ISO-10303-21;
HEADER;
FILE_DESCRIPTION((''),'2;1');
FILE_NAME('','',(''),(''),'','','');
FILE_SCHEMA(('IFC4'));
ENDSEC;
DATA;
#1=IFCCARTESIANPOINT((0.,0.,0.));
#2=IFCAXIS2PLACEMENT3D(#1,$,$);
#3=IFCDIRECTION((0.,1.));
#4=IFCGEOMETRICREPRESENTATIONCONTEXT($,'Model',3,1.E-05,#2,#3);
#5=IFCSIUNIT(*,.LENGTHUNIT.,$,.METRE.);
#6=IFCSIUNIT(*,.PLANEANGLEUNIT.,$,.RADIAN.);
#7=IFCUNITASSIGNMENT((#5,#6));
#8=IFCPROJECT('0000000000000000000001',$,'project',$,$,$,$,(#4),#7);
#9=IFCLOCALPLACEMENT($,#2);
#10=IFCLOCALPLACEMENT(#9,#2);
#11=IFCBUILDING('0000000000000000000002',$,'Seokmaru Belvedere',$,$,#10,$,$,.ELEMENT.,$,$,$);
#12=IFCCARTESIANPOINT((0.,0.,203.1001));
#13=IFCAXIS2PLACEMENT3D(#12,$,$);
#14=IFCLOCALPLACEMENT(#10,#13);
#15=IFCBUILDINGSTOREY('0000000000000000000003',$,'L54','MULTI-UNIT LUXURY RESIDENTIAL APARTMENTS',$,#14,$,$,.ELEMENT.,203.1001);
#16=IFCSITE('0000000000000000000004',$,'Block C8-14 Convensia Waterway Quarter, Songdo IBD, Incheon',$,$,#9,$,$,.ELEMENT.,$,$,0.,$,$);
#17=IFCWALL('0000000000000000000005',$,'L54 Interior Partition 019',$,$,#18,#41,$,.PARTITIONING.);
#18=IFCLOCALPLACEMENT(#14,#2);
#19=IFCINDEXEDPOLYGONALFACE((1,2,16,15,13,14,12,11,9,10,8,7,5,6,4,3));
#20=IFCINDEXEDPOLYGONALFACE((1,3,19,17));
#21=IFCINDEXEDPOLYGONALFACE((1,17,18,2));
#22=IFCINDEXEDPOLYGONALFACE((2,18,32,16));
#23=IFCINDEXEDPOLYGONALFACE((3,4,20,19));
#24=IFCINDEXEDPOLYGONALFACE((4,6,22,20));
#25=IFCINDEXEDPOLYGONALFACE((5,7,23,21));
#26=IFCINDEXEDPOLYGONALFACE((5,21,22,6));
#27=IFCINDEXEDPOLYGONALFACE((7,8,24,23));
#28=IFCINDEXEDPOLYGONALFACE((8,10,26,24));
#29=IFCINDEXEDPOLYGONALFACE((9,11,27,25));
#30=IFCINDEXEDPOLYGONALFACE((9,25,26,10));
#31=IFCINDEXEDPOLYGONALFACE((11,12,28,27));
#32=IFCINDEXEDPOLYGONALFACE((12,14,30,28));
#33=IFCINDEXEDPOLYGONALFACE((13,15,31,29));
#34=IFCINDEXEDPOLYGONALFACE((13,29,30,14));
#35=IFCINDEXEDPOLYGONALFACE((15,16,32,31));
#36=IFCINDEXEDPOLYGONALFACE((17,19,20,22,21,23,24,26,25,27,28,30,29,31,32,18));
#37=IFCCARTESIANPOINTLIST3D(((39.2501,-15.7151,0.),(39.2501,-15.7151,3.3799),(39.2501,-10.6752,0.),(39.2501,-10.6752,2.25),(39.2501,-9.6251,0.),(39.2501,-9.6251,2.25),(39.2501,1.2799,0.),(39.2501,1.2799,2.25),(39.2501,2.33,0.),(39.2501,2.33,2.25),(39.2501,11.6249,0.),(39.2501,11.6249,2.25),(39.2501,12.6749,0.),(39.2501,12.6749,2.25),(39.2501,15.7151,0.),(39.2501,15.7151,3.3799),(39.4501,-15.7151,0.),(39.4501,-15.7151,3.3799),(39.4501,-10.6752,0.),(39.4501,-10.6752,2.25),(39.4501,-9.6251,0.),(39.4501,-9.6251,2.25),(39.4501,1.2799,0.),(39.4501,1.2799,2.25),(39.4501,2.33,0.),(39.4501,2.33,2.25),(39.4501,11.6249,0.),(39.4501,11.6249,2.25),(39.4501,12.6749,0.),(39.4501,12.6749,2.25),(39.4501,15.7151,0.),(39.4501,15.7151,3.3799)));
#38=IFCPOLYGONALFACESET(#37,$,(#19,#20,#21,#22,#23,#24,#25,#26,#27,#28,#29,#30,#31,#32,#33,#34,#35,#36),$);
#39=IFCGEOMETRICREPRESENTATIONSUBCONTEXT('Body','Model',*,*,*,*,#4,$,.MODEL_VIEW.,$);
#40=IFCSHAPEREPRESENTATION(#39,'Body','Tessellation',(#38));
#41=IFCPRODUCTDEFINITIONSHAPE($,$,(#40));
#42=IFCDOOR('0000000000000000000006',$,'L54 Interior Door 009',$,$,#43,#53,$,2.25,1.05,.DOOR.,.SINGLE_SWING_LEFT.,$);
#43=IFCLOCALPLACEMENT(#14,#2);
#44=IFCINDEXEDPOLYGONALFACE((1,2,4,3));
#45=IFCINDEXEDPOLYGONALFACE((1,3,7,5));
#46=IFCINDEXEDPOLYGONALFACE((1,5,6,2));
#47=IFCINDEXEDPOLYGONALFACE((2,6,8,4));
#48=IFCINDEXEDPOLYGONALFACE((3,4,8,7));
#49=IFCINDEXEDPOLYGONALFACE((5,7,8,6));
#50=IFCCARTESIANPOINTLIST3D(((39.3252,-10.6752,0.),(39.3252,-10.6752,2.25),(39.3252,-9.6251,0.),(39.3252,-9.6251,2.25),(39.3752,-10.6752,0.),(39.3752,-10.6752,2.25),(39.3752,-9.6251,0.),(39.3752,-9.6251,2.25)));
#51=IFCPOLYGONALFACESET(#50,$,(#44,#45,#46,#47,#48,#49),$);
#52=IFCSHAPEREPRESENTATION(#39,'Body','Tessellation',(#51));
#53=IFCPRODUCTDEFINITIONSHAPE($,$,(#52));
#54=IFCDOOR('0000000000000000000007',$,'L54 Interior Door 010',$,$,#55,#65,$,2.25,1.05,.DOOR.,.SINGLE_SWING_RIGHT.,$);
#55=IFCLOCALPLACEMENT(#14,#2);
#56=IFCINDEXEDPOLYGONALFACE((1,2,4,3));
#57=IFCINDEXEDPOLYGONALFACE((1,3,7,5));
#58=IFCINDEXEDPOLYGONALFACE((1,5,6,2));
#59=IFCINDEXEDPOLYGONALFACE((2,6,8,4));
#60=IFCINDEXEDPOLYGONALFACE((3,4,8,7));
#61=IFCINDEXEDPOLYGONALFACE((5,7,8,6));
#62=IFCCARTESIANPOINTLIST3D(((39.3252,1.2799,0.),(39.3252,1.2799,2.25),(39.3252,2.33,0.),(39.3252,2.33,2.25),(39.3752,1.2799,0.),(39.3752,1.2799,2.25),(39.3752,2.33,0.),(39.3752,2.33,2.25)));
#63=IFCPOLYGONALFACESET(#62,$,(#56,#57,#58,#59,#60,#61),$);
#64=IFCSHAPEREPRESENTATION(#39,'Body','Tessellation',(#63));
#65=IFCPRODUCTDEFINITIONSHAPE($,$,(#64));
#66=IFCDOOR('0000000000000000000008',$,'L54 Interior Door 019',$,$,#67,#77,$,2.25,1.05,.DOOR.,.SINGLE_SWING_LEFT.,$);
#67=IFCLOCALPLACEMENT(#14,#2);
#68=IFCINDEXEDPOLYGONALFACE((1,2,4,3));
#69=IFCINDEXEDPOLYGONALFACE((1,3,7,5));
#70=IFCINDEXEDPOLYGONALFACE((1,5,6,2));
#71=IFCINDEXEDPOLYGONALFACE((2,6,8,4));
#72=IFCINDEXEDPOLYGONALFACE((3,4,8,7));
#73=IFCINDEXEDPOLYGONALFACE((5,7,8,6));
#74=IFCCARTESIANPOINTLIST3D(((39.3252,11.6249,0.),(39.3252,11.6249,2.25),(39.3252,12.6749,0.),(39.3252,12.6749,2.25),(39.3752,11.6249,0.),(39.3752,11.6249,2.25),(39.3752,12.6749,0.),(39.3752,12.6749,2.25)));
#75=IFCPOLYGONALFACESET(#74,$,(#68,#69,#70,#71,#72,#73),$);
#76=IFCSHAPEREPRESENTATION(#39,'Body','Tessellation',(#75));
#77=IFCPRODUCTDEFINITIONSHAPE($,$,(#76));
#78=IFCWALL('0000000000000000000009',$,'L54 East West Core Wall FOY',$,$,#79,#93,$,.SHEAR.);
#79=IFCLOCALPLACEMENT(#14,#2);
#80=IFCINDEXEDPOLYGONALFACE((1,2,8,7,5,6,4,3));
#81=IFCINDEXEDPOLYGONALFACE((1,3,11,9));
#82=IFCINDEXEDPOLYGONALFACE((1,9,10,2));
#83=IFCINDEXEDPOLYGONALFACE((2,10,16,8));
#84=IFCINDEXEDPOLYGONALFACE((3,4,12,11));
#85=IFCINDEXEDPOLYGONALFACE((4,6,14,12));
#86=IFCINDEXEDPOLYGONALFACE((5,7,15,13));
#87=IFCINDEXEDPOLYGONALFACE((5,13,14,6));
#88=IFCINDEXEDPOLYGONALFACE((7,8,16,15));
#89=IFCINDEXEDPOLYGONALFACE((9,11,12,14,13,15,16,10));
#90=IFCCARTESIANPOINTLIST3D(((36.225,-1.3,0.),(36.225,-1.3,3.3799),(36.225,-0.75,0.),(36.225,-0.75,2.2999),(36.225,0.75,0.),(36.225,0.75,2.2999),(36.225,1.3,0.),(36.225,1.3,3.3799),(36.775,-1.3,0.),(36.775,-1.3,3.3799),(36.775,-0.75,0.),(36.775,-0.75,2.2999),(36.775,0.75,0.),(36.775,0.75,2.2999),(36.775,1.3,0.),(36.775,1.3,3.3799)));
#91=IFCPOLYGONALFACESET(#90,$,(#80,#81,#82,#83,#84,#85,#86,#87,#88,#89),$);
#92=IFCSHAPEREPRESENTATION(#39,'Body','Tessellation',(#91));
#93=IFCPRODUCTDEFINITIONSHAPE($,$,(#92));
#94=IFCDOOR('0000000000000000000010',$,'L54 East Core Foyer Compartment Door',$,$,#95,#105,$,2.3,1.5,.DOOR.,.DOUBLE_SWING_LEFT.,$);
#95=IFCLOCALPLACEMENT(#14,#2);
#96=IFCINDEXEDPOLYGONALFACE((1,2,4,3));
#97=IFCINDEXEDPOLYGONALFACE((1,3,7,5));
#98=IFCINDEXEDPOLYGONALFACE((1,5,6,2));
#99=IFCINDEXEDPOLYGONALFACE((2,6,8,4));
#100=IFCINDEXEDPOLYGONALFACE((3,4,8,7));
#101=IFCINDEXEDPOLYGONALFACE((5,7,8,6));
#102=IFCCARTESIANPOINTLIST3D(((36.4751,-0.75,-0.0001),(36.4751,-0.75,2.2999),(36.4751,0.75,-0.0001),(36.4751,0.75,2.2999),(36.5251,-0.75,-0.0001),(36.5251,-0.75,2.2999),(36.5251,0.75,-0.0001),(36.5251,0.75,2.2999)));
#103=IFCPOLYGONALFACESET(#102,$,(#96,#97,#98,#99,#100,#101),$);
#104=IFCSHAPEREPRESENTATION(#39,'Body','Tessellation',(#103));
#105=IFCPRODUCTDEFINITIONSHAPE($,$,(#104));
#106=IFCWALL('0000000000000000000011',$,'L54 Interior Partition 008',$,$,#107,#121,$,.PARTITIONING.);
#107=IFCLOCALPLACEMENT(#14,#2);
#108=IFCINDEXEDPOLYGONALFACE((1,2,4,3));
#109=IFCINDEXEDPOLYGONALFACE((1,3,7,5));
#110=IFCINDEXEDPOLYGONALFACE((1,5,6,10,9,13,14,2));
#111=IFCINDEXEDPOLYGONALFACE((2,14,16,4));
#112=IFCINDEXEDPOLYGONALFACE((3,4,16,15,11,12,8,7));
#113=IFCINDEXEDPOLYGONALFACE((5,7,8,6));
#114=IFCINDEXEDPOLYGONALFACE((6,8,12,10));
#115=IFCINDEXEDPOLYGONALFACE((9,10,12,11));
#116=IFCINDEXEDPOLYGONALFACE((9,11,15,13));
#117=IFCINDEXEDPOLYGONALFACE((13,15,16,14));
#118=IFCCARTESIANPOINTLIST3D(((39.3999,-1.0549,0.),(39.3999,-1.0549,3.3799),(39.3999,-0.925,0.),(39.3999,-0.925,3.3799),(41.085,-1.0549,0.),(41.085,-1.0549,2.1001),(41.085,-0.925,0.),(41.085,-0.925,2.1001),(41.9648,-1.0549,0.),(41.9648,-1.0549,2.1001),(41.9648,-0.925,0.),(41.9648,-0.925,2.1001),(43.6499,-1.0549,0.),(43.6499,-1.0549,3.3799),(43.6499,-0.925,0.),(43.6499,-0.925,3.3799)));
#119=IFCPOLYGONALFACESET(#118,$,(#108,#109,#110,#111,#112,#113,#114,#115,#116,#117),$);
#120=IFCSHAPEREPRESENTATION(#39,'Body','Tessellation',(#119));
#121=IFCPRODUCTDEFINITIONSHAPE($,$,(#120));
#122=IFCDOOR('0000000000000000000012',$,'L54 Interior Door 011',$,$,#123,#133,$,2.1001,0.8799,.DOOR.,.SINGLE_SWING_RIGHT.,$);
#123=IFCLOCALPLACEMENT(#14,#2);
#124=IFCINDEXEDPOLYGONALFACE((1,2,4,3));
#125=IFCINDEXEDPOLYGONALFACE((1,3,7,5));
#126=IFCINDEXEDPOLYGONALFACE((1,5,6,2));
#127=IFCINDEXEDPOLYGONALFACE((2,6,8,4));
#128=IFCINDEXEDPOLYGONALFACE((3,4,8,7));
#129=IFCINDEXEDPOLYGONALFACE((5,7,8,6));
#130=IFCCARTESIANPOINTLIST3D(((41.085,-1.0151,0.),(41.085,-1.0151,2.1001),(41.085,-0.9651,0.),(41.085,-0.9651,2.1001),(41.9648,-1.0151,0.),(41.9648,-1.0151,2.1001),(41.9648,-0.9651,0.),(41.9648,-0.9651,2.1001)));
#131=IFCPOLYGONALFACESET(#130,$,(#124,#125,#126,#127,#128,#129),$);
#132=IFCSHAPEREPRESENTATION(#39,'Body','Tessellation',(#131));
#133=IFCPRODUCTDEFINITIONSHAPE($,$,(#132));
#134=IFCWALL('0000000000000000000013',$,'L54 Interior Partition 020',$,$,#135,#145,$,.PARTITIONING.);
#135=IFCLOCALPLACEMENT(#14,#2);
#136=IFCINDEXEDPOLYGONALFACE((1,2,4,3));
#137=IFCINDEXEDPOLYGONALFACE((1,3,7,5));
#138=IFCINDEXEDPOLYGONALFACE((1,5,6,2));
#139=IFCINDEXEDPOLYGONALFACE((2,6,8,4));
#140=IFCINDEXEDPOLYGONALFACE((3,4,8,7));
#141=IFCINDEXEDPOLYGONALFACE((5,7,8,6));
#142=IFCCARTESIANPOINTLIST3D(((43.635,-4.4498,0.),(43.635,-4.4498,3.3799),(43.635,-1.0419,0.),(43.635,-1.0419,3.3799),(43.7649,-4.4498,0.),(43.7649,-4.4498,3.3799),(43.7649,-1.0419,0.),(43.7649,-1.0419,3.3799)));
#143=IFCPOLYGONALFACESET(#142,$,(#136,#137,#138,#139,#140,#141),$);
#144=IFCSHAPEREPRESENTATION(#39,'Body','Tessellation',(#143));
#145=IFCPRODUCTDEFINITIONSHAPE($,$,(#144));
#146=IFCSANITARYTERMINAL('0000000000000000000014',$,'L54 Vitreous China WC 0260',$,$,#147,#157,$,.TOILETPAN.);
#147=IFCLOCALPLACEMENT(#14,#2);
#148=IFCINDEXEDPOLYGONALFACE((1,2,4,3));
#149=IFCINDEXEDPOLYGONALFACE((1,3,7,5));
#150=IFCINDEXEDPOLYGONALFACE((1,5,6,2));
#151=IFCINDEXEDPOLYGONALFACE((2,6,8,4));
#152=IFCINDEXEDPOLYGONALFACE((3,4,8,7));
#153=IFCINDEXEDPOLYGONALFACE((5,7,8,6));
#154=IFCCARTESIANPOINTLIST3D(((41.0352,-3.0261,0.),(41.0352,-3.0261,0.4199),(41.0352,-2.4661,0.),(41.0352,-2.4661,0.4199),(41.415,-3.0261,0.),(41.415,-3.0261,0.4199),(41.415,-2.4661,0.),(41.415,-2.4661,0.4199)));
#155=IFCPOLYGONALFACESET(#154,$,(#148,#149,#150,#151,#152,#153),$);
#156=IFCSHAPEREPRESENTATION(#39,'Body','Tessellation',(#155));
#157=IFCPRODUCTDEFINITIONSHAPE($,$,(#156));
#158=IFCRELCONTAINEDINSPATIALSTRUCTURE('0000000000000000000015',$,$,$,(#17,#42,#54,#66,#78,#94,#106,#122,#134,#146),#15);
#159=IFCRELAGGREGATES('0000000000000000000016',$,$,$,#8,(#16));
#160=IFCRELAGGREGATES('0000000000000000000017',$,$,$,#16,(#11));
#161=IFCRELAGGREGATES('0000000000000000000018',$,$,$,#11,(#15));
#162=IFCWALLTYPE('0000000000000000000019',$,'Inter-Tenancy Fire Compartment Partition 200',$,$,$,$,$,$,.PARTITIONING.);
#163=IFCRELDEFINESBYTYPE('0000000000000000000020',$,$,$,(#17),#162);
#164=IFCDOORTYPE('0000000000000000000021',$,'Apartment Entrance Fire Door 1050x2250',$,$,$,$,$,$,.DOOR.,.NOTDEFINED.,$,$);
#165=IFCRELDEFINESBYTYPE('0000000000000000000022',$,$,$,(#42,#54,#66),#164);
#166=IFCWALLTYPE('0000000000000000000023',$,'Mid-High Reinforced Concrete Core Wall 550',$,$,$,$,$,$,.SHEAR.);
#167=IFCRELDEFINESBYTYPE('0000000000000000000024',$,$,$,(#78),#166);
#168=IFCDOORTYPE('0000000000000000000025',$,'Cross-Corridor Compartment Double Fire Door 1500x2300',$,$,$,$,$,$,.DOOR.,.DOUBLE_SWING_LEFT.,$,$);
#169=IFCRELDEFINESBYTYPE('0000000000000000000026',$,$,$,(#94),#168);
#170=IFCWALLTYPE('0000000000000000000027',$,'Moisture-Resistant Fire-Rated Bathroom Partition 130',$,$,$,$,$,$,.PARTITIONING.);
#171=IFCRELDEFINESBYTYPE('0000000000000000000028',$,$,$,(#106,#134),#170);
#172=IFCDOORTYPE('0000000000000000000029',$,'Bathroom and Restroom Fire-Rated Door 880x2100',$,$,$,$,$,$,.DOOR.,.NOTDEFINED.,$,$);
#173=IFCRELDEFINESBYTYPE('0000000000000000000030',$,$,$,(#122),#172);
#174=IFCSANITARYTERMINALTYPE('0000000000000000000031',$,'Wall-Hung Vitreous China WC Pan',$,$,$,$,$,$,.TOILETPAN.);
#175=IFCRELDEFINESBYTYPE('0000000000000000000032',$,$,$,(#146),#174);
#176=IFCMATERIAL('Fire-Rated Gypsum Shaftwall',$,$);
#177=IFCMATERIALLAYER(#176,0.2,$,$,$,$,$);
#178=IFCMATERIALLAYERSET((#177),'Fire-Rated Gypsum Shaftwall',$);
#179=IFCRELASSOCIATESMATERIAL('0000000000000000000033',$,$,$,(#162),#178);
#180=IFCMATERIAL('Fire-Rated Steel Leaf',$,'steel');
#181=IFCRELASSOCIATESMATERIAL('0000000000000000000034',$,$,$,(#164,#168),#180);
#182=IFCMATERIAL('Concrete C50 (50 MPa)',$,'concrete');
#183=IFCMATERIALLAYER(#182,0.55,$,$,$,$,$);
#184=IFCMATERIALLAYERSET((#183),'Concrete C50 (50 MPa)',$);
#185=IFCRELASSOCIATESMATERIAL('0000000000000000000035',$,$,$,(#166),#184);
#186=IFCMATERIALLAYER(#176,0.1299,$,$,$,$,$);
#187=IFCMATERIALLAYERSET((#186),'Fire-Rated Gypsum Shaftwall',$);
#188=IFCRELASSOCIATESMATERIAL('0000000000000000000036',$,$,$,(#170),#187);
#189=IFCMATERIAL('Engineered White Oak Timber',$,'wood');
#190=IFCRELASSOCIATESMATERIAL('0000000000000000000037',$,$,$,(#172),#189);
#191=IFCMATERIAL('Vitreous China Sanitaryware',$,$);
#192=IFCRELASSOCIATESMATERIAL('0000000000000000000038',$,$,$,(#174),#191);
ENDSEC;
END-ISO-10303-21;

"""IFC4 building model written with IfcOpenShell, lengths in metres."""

from ifc_helpers import new_model, si_unit, direction, frame, frame_2d, origin, origin_2d, place, context, subcontext, project, spatial, rectangle, extrude, source, transform, mapped, material, layer, layer_set, type_object, type_shapes, element, fill, save


model = new_model("IFC4")

# Units and contexts
model_context = context("Model", 3, precision=1e-05, world=origin(), true_north=direction((0.0, 1.0)))
body_context = subcontext(model_context, "Body", "Model", "MODEL_VIEW")
ifc_project = project(units=[si_unit("LENGTHUNIT", "METRE"), si_unit("PLANEANGLEUNIT", "RADIAN")], contexts=[model_context])

# Site, building, storey
site_placement = place(None, origin())
site = spatial("IfcSite", under=ifc_project, at=site_placement, Name="Block C8-14 Convensia Waterway Quarter, Songdo IBD, Incheon", CompositionType="ELEMENT", RefElevation=0.0)
building_placement = place(site_placement, origin())
building = spatial("IfcBuilding", under=site, at=building_placement, Name="Seokmaru Belvedere", CompositionType="ELEMENT")
storey_placement = place(building_placement, frame((0.0, 0.0, 203.1001)))
storey = spatial("IfcBuildingStorey", under=building, at=storey_placement, Name="L54", Description="MULTI-UNIT LUXURY RESIDENTIAL APARTMENTS", CompositionType="ELEMENT", Elevation=203.1001)

# Shared definitions
ifc_material_1 = material(Name="Fire-Rated Gypsum Shaftwall")
ifc_layer_1 = layer(ifc_material_1, 0.2)
ifc_layer_set_1 = layer_set([ifc_layer_1], Name="Fire-Rated Gypsum Shaftwall")
wall_type_1 = type_object("IfcWallType", Name="Inter-Tenancy Fire Compartment Partition 200", PredefinedType="PARTITIONING", material=ifc_layer_set_1)

# Wall, openings, doors
wall_1_placement = place(storey_placement, frame((39.3501, -15.7151, 0.0), z_axis=(0.0, 0.0, 1.0), x_axis=(0.0, 1.0, 0.0)))
wall_1 = element("IfcWall", 1, at=wall_1_placement, inside=storey, type_object=wall_type_1, Name="L54 Interior Partition 019", PredefinedType="PARTITIONING", context=body_context, shape_type="SweptSolid", body=[
    extrude(rectangle(XDim=31.4302, YDim=0.2, at=frame_2d((15.7151, 0.0))), origin(), (0.0, 0.0, 1.0), 3.3799),
])
opening_1_placement = place(wall_1_placement, frame((5.04, 0.0, 0.0)))
opening_1 = element("IfcOpeningElement", 2, at=opening_1_placement, cuts=wall_1, PredefinedType="OPENING", context=body_context, shape_type="SweptSolid", body=[
    extrude(rectangle(XDim=1.05, YDim=2.25, at=frame_2d((0.5249, 1.125))), frame((0.0, 0.1099, 0.0), z_axis=(0.0, -1.0, 0.0), x_axis=(1.0, 0.0, 0.0)), (0.0, 0.0, 1.0), 0.22),
])
opening_2_placement = place(wall_1_placement, frame((16.9951, 0.0, 0.0)))
opening_2 = element("IfcOpeningElement", 3, at=opening_2_placement, cuts=wall_1, PredefinedType="OPENING", context=body_context, shape_type="SweptSolid", body=[
    extrude(rectangle(XDim=1.05, YDim=2.25, at=frame_2d((0.5249, 1.125))), frame((0.0, 0.1099, 0.0), z_axis=(0.0, -1.0, 0.0), x_axis=(1.0, 0.0, 0.0)), (0.0, 0.0, 1.0), 0.22),
])
opening_3_placement = place(wall_1_placement, frame((27.3401, 0.0, 0.0)))
opening_3 = element("IfcOpeningElement", 4, at=opening_3_placement, cuts=wall_1, PredefinedType="OPENING", context=body_context, shape_type="SweptSolid", body=[
    extrude(rectangle(XDim=1.05, YDim=2.25, at=frame_2d((0.5249, 1.125))), frame((0.0, 0.1099, 0.0), z_axis=(0.0, -1.0, 0.0), x_axis=(1.0, 0.0, 0.0)), (0.0, 0.0, 1.0), 0.22),
])
ifc_material_2 = material(Name="Fire-Rated Steel Leaf", Category="steel")
door_type_1 = type_object("IfcDoorType", Name="Apartment Entrance Fire Door 1050x2250", OperationType="NOTDEFINED", PredefinedType="DOOR", material=ifc_material_2)
shared_shape_1 = source(origin(), body_context, "Body", "SweptSolid", [
    extrude(rectangle(XDim=1.05, YDim=2.25, at=frame_2d((0.5249, 1.125))), frame((0.0, 0.0249, 0.0), z_axis=(0.0, -1.0, 0.0), x_axis=(1.0, 0.0, 0.0)), (0.0, 0.0, 1.0), 0.05),
])
type_shapes(door_type_1, [shared_shape_1])
door_1_placement = place(opening_1_placement, origin())
door_1 = element("IfcDoor", 5, at=door_1_placement, inside=storey, type_object=door_type_1, Name="L54 Interior Door 009", OperationType="SINGLE_SWING_LEFT", OverallHeight=2.25, OverallWidth=1.05, PredefinedType="DOOR", context=body_context, shape_type="MappedRepresentation", body=[
    mapped(shared_shape_1, transform((0.0, 0.0, 0.0), scale=1.0)),
])
fill(opening_1, door_1)
door_2_placement = place(opening_2_placement, origin())
door_2 = element("IfcDoor", 6, at=door_2_placement, inside=storey, type_object=door_type_1, Name="L54 Interior Door 010", OperationType="SINGLE_SWING_RIGHT", OverallHeight=2.25, OverallWidth=1.05, PredefinedType="DOOR", context=body_context, shape_type="MappedRepresentation", body=[
    mapped(shared_shape_1, transform((0.0, 0.0, 0.0), scale=1.0)),
])
fill(opening_2, door_2)
door_3_placement = place(opening_3_placement, origin())
door_3 = element("IfcDoor", 7, at=door_3_placement, inside=storey, type_object=door_type_1, Name="L54 Interior Door 019", OperationType="SINGLE_SWING_LEFT", OverallHeight=2.25, OverallWidth=1.05, PredefinedType="DOOR", context=body_context, shape_type="MappedRepresentation", body=[
    mapped(shared_shape_1, transform((0.0, 0.0, 0.0), scale=1.0)),
])
fill(opening_3, door_3)

# Walls, openings, doors
ifc_material_3 = material(Name="Concrete C50 (50 MPa)", Category="concrete")
ifc_layer_2 = layer(ifc_material_3, 0.55)
ifc_layer_set_2 = layer_set([ifc_layer_2], Name="Concrete C50 (50 MPa)")
wall_type_2 = type_object("IfcWallType", Name="Mid-High Reinforced Concrete Core Wall 550", PredefinedType="SHEAR", material=ifc_layer_set_2)
wall_2_placement = place(storey_placement, frame((36.5, -1.3, 0.0), z_axis=(0.0, 0.0, 1.0), x_axis=(0.0, 1.0, 0.0)))
wall_2 = element("IfcWall", 8, at=wall_2_placement, inside=storey, type_object=wall_type_2, Name="L54 East West Core Wall FOY", PredefinedType="SHEAR", context=body_context, shape_type="SweptSolid", body=[
    extrude(rectangle(XDim=2.6001, YDim=0.55, at=frame_2d((1.3, 0.0))), origin(), (0.0, 0.0, 1.0), 3.3799),
])
opening_4_placement = place(wall_2_placement, frame((0.55, 0.0, 0.0)))
opening_4 = element("IfcOpeningElement", 9, at=opening_4_placement, cuts=wall_2, PredefinedType="OPENING", context=body_context, shape_type="SweptSolid", body=[
    extrude(rectangle(XDim=1.5, YDim=2.3, at=frame_2d((0.75, 1.1499))), frame((0.0, 0.2852, 0.0), z_axis=(0.0, -1.0, 0.0), x_axis=(1.0, 0.0, 0.0)), (0.0, 0.0, 1.0), 0.5701),
])
door_type_2 = type_object("IfcDoorType", Name="Cross-Corridor Compartment Double Fire Door 1500x2300", OperationType="DOUBLE_SWING_LEFT", PredefinedType="DOOR", material=ifc_material_2)
shared_shape_2 = source(origin(), body_context, "Body", "SweptSolid", [
    extrude(rectangle(XDim=1.5, YDim=2.3, at=frame_2d((0.75, 1.1499))), frame((0.0, 0.0249, 0.0), z_axis=(0.0, -1.0, 0.0), x_axis=(1.0, 0.0, 0.0)), (0.0, 0.0, 1.0), 0.05),
])
type_shapes(door_type_2, [shared_shape_2])
door_4_placement = place(opening_4_placement, origin())
door_4 = element("IfcDoor", 10, at=door_4_placement, inside=storey, type_object=door_type_2, Name="L54 East Core Foyer Compartment Door", OperationType="DOUBLE_SWING_LEFT", OverallHeight=2.3, OverallWidth=1.5, PredefinedType="DOOR", context=body_context, shape_type="MappedRepresentation", body=[
    mapped(shared_shape_2, transform((0.0, 0.0, 0.0), scale=1.0)),
])
fill(opening_4, door_4)
ifc_layer_3 = layer(ifc_material_1, 0.1299)
ifc_layer_set_3 = layer_set([ifc_layer_3], Name="Fire-Rated Gypsum Shaftwall")
wall_type_3 = type_object("IfcWallType", Name="Moisture-Resistant Fire-Rated Bathroom Partition 130", PredefinedType="PARTITIONING", material=ifc_layer_set_3)
wall_3_placement = place(storey_placement, frame((39.3999, -0.99, 0.0), z_axis=(0.0, 0.0, 1.0), x_axis=(1.0, 0.0, 0.0)))
wall_3 = element("IfcWall", 11, at=wall_3_placement, inside=storey, type_object=wall_type_3, Name="L54 Interior Partition 008", PredefinedType="PARTITIONING", context=body_context, shape_type="SweptSolid", body=[
    extrude(rectangle(XDim=4.25, YDim=0.1299, at=frame_2d((2.125, 0.0))), origin(), (0.0, 0.0, 1.0), 3.3799),
])
opening_5_placement = place(wall_3_placement, frame((1.6851, 0.0, 0.0)))
opening_5 = element("IfcOpeningElement", 12, at=opening_5_placement, cuts=wall_3, PredefinedType="OPENING", context=body_context, shape_type="SweptSolid", body=[
    extrude(rectangle(XDim=0.8799, YDim=2.1001, at=frame_2d((0.4399, 1.05))), frame((0.0, 0.075, 0.0), z_axis=(0.0, -1.0, 0.0), x_axis=(1.0, 0.0, 0.0)), (0.0, 0.0, 1.0), 0.1499),
])
ifc_material_4 = material(Name="Engineered White Oak Timber", Category="wood")
door_type_3 = type_object("IfcDoorType", Name="Bathroom and Restroom Fire-Rated Door 880x2100", OperationType="NOTDEFINED", PredefinedType="DOOR", material=ifc_material_4)
shared_shape_3 = source(origin(), body_context, "Body", "SweptSolid", [
    extrude(rectangle(XDim=0.8799, YDim=2.1001, at=frame_2d((0.4399, 1.05))), frame((0.0, 0.0249, 0.0), z_axis=(0.0, -1.0, 0.0), x_axis=(1.0, 0.0, 0.0)), (0.0, 0.0, 1.0), 0.05),
])
type_shapes(door_type_3, [shared_shape_3])
door_5_placement = place(opening_5_placement, origin())
door_5 = element("IfcDoor", 13, at=door_5_placement, inside=storey, type_object=door_type_3, Name="L54 Interior Door 011", OperationType="SINGLE_SWING_RIGHT", OverallHeight=2.1001, OverallWidth=0.8799, PredefinedType="DOOR", context=body_context, shape_type="MappedRepresentation", body=[
    mapped(shared_shape_3, transform((0.0, 0.0, 0.0), scale=1.0)),
])
fill(opening_5, door_5)

# Wall
wall_4_placement = place(storey_placement, frame((43.7, -4.45, 0.0), z_axis=(0.0, 0.0, 1.0), x_axis=(0.0, 1.0, 0.0)))
element("IfcWall", 14, at=wall_4_placement, inside=storey, type_object=wall_type_3, Name="L54 Interior Partition 020", PredefinedType="PARTITIONING", context=body_context, shape_type="SweptSolid", body=[
    extrude(rectangle(XDim=3.408, YDim=0.1299, at=frame_2d((1.7041, 0.0))), origin(), (0.0, 0.0, 1.0), 3.3799),
])

# Sanitary terminal
ifc_material_5 = material(Name="Vitreous China Sanitaryware")
sanitary_terminal_type_1 = type_object("IfcSanitaryTerminalType", Name="Wall-Hung Vitreous China WC Pan", PredefinedType="TOILETPAN", material=ifc_material_5)
shared_shape_4 = source(origin(), body_context, "Body", "SweptSolid", [
    extrude(rectangle(XDim=0.3799, YDim=0.5601, at=origin_2d()), origin(), (0.0, 0.0, 1.0), 0.4199),
])
type_shapes(sanitary_terminal_type_1, [shared_shape_4])
sanitary_terminal_1_placement = place(storey_placement, frame((41.2251, -2.7461, 0.0), z_axis=(0.0, 0.0, 1.0), x_axis=(1.0, 0.0, 0.0)))
element("IfcSanitaryTerminal", 15, at=sanitary_terminal_1_placement, inside=storey, type_object=sanitary_terminal_type_1, Name="L54 Vitreous China WC 0260", PredefinedType="TOILETPAN", context=body_context, shape_type="MappedRepresentation", body=[
    mapped(shared_shape_4, transform((0.0, 0.0, 0.0), scale=1.0)),
])

save(model, "model.ifc")
